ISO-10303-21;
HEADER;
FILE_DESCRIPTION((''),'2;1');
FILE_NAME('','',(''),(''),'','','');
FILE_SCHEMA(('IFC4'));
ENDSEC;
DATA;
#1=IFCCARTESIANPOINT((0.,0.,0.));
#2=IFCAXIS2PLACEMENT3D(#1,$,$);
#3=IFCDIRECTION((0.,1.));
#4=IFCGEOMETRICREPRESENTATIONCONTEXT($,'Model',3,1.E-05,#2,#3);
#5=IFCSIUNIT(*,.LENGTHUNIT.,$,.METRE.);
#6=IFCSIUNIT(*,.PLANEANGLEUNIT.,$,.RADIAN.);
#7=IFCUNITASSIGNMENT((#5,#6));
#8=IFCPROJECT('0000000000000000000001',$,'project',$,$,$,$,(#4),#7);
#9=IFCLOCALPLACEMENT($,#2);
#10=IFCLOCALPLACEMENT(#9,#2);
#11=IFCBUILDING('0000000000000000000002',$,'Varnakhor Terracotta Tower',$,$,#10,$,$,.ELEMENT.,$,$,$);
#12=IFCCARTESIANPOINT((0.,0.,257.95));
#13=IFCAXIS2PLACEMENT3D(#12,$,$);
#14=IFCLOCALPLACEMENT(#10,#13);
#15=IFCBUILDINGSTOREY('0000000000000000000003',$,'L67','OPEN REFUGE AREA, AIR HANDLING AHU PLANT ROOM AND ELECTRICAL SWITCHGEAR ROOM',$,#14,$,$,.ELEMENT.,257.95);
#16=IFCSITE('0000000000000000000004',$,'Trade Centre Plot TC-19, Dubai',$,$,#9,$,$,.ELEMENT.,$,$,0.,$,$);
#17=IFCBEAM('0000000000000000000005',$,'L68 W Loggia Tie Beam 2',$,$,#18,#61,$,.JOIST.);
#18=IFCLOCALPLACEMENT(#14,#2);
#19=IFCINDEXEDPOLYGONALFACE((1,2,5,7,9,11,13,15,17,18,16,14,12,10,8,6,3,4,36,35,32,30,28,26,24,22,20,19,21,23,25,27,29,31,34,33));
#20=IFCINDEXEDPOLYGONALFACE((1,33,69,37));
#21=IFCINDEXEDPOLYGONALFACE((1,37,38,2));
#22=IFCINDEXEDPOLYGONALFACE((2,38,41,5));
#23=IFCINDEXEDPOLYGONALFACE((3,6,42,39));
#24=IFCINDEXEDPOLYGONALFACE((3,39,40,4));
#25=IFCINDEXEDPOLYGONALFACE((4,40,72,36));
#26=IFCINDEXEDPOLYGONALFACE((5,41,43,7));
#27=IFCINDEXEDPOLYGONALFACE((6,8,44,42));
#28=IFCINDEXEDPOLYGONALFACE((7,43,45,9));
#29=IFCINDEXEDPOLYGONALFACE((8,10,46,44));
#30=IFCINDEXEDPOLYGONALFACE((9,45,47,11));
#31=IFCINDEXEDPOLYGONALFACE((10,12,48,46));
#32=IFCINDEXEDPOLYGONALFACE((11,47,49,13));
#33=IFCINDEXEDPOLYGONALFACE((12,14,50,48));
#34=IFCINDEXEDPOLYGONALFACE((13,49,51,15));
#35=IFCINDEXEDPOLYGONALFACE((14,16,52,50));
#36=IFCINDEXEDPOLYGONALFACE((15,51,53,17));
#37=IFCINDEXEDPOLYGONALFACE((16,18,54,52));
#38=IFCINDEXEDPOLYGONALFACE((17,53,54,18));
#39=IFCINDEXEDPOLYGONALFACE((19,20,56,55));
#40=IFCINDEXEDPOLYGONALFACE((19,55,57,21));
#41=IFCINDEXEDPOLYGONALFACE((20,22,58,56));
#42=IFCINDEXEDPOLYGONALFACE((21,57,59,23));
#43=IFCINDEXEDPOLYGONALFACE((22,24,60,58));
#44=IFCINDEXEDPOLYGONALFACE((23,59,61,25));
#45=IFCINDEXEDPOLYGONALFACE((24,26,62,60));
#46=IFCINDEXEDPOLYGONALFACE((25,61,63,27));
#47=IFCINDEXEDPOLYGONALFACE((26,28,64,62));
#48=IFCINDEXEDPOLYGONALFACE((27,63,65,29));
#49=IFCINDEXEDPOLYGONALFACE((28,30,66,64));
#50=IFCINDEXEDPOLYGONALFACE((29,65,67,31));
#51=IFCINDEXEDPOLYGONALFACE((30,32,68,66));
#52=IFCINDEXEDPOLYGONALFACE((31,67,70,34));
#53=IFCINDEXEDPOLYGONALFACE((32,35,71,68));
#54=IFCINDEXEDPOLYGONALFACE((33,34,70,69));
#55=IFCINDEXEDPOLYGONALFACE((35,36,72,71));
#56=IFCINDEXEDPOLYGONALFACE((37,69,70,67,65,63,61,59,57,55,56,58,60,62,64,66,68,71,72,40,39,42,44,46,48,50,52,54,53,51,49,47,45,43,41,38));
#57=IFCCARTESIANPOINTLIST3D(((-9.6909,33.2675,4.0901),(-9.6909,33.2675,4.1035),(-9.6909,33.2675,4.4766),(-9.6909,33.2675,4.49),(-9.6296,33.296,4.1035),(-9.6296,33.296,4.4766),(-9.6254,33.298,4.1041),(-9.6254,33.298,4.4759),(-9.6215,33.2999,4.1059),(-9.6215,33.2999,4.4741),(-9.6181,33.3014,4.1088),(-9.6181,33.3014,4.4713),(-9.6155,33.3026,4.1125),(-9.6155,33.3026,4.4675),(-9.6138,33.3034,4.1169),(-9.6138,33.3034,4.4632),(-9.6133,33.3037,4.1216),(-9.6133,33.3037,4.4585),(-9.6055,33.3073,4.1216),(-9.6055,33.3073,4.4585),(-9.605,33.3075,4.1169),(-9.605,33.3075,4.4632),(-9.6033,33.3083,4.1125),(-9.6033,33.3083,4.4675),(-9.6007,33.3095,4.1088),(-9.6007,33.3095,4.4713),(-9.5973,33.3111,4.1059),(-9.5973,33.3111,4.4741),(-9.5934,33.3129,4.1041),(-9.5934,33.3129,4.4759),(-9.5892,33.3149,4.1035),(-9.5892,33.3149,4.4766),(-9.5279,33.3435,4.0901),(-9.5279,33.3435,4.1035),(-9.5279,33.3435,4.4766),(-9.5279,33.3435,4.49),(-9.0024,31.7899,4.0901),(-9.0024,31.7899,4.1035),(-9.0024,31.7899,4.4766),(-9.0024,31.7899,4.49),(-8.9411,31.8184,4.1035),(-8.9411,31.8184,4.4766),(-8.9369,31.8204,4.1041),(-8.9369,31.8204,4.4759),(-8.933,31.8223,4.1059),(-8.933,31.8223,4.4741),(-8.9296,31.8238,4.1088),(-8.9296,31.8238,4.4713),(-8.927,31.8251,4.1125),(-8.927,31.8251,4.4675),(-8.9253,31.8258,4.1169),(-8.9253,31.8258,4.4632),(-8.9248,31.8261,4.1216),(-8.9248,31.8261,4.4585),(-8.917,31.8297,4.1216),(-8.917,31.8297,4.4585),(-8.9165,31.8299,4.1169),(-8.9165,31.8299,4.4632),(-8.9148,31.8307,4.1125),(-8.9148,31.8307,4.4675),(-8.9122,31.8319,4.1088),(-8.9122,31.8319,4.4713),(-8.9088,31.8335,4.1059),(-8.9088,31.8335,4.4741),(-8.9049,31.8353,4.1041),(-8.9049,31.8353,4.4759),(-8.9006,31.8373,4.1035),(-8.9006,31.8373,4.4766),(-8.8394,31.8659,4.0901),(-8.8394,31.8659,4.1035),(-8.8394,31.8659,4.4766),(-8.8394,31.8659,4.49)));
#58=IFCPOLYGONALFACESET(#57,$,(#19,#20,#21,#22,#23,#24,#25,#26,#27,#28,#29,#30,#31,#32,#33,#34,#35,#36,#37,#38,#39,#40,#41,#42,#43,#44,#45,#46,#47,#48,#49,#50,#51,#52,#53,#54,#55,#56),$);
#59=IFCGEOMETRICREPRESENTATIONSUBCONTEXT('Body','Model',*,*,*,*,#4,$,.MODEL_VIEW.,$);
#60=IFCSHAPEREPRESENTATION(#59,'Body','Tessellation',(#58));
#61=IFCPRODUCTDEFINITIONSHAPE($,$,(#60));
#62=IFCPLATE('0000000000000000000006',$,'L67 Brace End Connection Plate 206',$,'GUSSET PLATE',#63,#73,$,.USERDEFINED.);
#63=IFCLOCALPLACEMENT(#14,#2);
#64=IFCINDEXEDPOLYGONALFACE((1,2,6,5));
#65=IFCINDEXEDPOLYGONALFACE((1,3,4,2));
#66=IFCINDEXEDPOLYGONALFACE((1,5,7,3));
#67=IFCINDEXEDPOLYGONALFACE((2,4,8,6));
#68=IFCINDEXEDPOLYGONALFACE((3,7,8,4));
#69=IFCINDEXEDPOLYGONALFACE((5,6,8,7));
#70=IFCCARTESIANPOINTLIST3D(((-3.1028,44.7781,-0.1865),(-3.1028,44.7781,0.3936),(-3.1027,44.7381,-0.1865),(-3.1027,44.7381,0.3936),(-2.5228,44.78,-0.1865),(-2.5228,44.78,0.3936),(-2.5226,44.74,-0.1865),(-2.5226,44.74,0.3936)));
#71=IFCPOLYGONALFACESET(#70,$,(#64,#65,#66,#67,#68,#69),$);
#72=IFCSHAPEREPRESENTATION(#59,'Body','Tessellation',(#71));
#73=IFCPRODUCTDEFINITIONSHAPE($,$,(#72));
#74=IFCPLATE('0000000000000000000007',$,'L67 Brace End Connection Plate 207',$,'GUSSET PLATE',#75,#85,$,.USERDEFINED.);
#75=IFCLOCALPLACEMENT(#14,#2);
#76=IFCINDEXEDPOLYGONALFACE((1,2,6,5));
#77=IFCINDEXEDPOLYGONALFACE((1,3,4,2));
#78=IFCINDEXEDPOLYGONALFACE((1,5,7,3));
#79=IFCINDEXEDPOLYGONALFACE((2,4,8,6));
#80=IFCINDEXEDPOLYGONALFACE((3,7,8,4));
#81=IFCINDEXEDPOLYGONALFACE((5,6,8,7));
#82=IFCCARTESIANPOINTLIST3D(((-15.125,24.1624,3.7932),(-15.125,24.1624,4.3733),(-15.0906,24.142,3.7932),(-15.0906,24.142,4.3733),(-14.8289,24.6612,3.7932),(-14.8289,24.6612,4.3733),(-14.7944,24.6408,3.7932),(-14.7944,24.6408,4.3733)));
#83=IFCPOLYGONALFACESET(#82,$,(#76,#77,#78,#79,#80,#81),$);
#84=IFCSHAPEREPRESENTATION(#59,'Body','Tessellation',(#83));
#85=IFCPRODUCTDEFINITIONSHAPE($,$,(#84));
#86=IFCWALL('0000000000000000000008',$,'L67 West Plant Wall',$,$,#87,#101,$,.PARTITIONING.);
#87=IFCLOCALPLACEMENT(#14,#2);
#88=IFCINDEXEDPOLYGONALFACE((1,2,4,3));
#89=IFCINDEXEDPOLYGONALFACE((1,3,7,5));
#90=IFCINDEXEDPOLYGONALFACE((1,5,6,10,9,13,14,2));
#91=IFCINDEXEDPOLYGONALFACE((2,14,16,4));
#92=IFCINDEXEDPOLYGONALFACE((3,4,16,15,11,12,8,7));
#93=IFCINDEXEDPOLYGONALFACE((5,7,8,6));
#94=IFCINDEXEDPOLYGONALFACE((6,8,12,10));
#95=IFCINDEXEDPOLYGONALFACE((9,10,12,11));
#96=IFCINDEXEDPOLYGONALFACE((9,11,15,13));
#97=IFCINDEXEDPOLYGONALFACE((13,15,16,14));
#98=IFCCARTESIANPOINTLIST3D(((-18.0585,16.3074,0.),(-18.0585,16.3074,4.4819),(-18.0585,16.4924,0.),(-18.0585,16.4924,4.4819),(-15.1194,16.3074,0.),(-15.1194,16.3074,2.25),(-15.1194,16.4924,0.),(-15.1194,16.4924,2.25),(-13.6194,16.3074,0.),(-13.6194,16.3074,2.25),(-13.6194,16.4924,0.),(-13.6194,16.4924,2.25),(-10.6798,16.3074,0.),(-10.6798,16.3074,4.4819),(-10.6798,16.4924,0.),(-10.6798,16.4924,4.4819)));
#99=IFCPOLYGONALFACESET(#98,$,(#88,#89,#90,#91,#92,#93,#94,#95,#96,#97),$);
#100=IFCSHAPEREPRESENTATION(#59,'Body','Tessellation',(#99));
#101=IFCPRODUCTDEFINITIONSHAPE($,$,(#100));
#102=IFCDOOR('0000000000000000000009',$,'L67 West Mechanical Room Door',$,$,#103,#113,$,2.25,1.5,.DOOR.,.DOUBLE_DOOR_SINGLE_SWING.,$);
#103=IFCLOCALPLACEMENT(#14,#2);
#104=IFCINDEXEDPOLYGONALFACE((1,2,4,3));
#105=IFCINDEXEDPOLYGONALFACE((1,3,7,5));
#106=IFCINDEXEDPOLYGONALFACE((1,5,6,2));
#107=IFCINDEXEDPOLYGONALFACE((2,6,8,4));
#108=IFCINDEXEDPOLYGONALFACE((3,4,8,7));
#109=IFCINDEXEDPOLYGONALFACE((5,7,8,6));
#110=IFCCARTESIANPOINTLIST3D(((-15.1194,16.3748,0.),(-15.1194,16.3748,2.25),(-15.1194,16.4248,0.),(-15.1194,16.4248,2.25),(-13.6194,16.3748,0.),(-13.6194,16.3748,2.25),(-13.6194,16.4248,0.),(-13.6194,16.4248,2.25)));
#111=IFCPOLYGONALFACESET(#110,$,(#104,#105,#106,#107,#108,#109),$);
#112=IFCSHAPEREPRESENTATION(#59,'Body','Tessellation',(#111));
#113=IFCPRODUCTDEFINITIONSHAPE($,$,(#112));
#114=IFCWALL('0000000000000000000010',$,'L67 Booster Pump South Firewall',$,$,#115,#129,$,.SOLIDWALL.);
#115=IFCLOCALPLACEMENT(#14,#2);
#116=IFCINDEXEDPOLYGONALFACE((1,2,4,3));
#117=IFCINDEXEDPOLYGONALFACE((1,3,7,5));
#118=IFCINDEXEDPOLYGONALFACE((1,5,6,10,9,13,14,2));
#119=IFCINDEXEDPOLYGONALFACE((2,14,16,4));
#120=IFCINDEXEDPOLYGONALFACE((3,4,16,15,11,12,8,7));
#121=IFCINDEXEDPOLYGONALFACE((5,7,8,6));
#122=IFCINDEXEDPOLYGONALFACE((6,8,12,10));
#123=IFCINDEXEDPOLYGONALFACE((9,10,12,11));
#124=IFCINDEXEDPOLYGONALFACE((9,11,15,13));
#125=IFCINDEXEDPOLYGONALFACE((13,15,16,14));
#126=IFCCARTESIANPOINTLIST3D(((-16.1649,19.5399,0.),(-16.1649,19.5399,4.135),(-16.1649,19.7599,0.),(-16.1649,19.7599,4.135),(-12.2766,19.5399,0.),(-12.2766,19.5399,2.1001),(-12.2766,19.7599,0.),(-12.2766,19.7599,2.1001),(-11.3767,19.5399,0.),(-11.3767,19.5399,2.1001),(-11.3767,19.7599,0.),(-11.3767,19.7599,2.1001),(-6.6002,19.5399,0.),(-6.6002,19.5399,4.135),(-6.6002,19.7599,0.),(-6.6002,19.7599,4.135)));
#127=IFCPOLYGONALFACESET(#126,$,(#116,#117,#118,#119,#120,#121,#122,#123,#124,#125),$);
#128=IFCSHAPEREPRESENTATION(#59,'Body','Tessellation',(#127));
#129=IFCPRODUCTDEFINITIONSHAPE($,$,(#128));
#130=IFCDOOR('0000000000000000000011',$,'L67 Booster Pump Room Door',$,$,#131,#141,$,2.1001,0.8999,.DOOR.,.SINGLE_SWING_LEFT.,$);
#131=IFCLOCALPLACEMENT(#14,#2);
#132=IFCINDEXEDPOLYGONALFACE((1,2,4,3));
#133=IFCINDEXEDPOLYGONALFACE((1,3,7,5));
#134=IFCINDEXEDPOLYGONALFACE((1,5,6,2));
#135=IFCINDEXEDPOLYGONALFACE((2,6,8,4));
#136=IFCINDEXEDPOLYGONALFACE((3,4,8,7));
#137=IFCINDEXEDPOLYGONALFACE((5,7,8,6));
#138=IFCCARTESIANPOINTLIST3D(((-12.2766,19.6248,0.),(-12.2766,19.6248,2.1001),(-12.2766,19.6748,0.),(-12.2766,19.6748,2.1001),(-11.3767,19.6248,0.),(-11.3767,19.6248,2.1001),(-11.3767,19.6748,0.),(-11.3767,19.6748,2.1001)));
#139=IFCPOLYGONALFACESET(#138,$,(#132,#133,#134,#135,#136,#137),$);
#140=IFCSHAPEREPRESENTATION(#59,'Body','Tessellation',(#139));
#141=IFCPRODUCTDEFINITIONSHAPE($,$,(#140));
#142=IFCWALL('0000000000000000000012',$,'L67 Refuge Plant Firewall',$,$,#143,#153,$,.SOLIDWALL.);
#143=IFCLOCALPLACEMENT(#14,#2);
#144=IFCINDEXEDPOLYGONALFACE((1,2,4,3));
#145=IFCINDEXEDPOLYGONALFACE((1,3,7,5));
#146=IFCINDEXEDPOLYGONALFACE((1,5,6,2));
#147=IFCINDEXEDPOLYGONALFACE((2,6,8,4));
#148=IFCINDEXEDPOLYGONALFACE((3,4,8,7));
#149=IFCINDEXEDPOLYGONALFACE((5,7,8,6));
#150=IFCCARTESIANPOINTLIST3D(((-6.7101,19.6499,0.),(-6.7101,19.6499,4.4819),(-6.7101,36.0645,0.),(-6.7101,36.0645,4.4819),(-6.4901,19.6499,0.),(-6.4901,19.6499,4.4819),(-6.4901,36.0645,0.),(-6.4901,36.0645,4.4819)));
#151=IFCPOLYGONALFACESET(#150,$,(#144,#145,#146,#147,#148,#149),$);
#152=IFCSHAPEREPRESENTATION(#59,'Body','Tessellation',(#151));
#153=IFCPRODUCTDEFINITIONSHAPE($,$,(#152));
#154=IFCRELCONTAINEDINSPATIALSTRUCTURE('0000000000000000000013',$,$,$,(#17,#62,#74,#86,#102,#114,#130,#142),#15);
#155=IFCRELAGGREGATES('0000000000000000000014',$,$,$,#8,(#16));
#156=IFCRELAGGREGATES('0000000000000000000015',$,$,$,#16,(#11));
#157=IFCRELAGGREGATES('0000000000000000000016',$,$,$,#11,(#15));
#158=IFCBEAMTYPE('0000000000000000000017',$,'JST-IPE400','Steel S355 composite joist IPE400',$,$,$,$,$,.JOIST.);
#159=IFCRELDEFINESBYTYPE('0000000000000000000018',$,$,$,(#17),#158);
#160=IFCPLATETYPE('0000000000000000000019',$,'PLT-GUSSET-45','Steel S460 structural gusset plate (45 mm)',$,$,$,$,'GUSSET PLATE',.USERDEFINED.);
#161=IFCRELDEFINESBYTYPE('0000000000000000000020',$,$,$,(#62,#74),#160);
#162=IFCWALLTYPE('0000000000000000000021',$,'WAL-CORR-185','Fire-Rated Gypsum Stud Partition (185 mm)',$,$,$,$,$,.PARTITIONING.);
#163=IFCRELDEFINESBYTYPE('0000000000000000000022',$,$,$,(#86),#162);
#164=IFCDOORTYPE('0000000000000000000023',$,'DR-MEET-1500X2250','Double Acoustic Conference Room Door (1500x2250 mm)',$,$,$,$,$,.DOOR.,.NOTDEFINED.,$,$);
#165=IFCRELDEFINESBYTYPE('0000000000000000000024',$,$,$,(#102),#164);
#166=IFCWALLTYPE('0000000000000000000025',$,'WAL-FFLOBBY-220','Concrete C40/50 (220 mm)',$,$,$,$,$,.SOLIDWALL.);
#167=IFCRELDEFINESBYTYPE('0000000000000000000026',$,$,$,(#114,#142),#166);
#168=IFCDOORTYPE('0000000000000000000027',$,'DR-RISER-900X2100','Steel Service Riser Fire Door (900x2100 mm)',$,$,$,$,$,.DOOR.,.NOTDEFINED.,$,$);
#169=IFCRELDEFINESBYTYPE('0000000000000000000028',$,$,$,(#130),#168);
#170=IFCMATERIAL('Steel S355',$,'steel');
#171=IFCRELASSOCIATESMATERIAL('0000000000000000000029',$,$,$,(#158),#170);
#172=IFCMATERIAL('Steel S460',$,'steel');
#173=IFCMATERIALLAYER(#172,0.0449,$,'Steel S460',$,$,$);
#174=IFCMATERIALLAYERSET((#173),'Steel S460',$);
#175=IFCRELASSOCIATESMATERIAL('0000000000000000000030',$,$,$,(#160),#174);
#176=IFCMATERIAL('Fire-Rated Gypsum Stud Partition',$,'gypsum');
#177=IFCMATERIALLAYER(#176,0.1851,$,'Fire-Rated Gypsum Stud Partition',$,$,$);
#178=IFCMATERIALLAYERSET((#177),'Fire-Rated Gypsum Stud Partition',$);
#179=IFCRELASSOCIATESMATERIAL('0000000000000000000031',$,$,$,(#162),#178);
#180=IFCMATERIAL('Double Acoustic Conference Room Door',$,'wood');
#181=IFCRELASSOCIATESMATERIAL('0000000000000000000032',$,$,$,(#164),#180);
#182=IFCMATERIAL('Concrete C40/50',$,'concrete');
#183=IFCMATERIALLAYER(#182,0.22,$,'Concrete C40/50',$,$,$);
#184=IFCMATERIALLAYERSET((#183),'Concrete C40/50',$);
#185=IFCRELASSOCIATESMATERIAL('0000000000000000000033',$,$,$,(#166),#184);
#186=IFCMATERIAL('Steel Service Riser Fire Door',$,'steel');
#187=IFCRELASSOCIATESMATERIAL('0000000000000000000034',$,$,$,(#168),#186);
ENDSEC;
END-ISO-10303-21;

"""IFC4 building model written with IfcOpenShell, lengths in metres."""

from ifc_helpers import new_model, si_unit, direction, frame, frame_2d, origin, origin_2d, place, context, subcontext, project, spatial, rectangle, i_section, extrude, source, transform, mapped, material, layer, layer_set, material_profile, profile_set, type_object, type_shapes, element, fill, save


model = new_model("IFC4")

# Units and contexts
model_context = context("Model", 3, precision=1e-05, world=origin(), true_north=direction((0.0, 1.0)))
body_context = subcontext(model_context, "Body", "Model", "MODEL_VIEW")
ifc_project = project(units=[si_unit("LENGTHUNIT", "METRE"), si_unit("PLANEANGLEUNIT", "RADIAN")], contexts=[model_context])

# Site, building, storey
site_placement = place(None, origin())
site = spatial("IfcSite", under=ifc_project, at=site_placement, Name="Trade Centre Plot TC-19, Dubai", CompositionType="ELEMENT", RefElevation=0.0)
building_placement = place(site_placement, origin())
building = spatial("IfcBuilding", under=site, at=building_placement, Name="Varnakhor Terracotta Tower", CompositionType="ELEMENT")
storey_placement = place(building_placement, frame((0.0, 0.0, 257.95)))
storey = spatial("IfcBuildingStorey", under=building, at=storey_placement, Name="L67", Description="OPEN REFUGE AREA, AIR HANDLING AHU PLANT ROOM AND ELECTRICAL SWITCHGEAR ROOM", CompositionType="ELEMENT", Elevation=257.95)

# Shared definitions
ifc_material_1 = material(Name="Steel S460", Category="steel")

# Shared definitions
ifc_material_2 = material(Name="Steel S355", Category="steel")
ifc_material_profile_1 = material_profile(ifc_material_2, i_section(OverallWidth=0.1799, OverallDepth=0.3999, WebThickness=0.0085, FlangeThickness=0.0134, FilletRadius=0.0181, at=origin_2d()), Name="IPE400")
ifc_profile_set_1 = profile_set([ifc_material_profile_1], Name="Steel S355")
beam_type_1 = type_object("IfcBeamType", Name="JST-IPE400", Description="Steel S355 composite joist IPE400", PredefinedType="JOIST", material=ifc_profile_set_1)

# Beam
shared_shape_1 = source(origin(), body_context, "Body", "SweptSolid", [
    extrude(i_section(OverallWidth=0.1799, OverallDepth=0.3999, WebThickness=0.0085, FlangeThickness=0.0134, FilletRadius=0.0181, at=origin_2d()), origin(), (0.0, 0.0, 1.0), 1.6301),
])
beam_1_placement = place(storey_placement, frame((-8.9209, 31.8279, 4.29), z_axis=(-0.422361, 0.906428, 0.0), x_axis=(-0.906428, -0.422361, 0.0)))
element("IfcBeam", 1, at=beam_1_placement, inside=storey, type_object=beam_type_1, Name="L68 W Loggia Tie Beam 2", PredefinedType="JOIST", context=body_context, shape_type="MappedRepresentation", body=[
    mapped(shared_shape_1, transform((0.0, 0.0, 0.0), scale=1.0)),
])

# Plates
ifc_layer_1 = layer(ifc_material_1, 0.0449, Name="Steel S460")
ifc_layer_set_1 = layer_set([ifc_layer_1], Name="Steel S460")
plate_type = type_object("IfcPlateType", Name="PLT-GUSSET-45", Description="Steel S460 structural gusset plate (45 mm)", ElementType="GUSSET PLATE", PredefinedType="USERDEFINED", material=ifc_layer_set_1)
shared_shape_2 = source(origin(), body_context, "Body", "SweptSolid", [
    extrude(rectangle(XDim=0.5801, YDim=0.04, at=origin_2d()), origin(), (0.0, 0.0, 1.0), 0.5801),
])
for number, where, z_axis, x_axis, name in (
    (2, (-2.8127, 44.759, -0.1865), (0.0, 0.0, 1.0), (0.999995, 0.003316, 0.0), "L67 Brace End Connection Plate 206"),
    (3, (-14.9597, 24.4016, 3.7932), (0.0, 0.0, 1.0), (-0.510498, -0.859879, 0.0), "L67 Brace End Connection Plate 207"),
):
    element("IfcPlate", number, at=place(storey_placement, frame(where, z_axis=z_axis, x_axis=x_axis)), inside=storey, type_object=plate_type, Name=name, ObjectType="GUSSET PLATE", PredefinedType="USERDEFINED", context=body_context, shape_type="MappedRepresentation", body=[
        mapped(shared_shape_2, transform((0.0, 0.0, 0.0), scale=1.0)),
    ])

# Walls, openings, doors
ifc_material_3 = material(Name="Fire-Rated Gypsum Stud Partition", Category="gypsum")
ifc_layer_2 = layer(ifc_material_3, 0.1851, Name="Fire-Rated Gypsum Stud Partition")
ifc_layer_set_2 = layer_set([ifc_layer_2], Name="Fire-Rated Gypsum Stud Partition")
wall_type_1 = type_object("IfcWallType", Name="WAL-CORR-185", Description="Fire-Rated Gypsum Stud Partition (185 mm)", PredefinedType="PARTITIONING", material=ifc_layer_set_2)
wall_1_placement = place(storey_placement, frame((-18.0586, 16.3999, 0.0), z_axis=(0.0, 0.0, 1.0), x_axis=(1.0, 0.0, 0.0)))
wall_1 = element("IfcWall", 4, at=wall_1_placement, inside=storey, type_object=wall_type_1, Name="L67 West Plant Wall", PredefinedType="PARTITIONING", context=body_context, shape_type="SweptSolid", body=[
    extrude(rectangle(XDim=7.3787, YDim=0.1851, at=frame_2d((3.6895, 0.0))), origin(), (0.0, 0.0, 1.0), 4.4819),
])
opening_1_placement = place(wall_1_placement, frame((2.9392, 0.0, 0.0)))
opening_1 = element("IfcOpeningElement", 5, at=opening_1_placement, cuts=wall_1, PredefinedType="OPENING", context=body_context, shape_type="SweptSolid", body=[
    extrude(rectangle(XDim=1.5, YDim=2.25, at=frame_2d((0.75, 1.125))), frame((0.0, 0.1025, 0.0), z_axis=(0.0, -1.0, 0.0), x_axis=(1.0, 0.0, 0.0)), (0.0, 0.0, 1.0), 0.2051),
])
ifc_material_4 = material(Name="Double Acoustic Conference Room Door", Category="wood")
door_type_1 = type_object("IfcDoorType", Name="DR-MEET-1500X2250", Description="Double Acoustic Conference Room Door (1500x2250 mm)", OperationType="NOTDEFINED", PredefinedType="DOOR", material=ifc_material_4)
shared_shape_3 = source(origin(), body_context, "Body", "SweptSolid", [
    extrude(rectangle(XDim=1.5, YDim=2.25, at=frame_2d((0.75, 1.125))), frame((0.0, 0.0249, 0.0), z_axis=(0.0, -1.0, 0.0), x_axis=(1.0, 0.0, 0.0)), (0.0, 0.0, 1.0), 0.05),
])
type_shapes(door_type_1, [shared_shape_3])
door_1_placement = place(opening_1_placement, origin())
door_1 = element("IfcDoor", 6, at=door_1_placement, inside=storey, type_object=door_type_1, Name="L67 West Mechanical Room Door", OperationType="DOUBLE_DOOR_SINGLE_SWING", OverallHeight=2.25, OverallWidth=1.5, PredefinedType="DOOR", context=body_context, shape_type="MappedRepresentation", body=[
    mapped(shared_shape_3, transform((0.0, 0.0, 0.0), scale=1.0)),
])
fill(opening_1, door_1)
ifc_material_5 = material(Name="Concrete C40/50", Category="concrete")
ifc_layer_3 = layer(ifc_material_5, 0.22, Name="Concrete C40/50")
ifc_layer_set_3 = layer_set([ifc_layer_3], Name="Concrete C40/50")
wall_type_2 = type_object("IfcWallType", Name="WAL-FFLOBBY-220", Description="Concrete C40/50 (220 mm)", PredefinedType="SOLIDWALL", material=ifc_layer_set_3)
wall_2_placement = place(storey_placement, frame((-16.1648, 19.6499, 0.0), z_axis=(0.0, 0.0, 1.0), x_axis=(1.0, 0.0, 0.0)))
wall_2 = element("IfcWall", 7, at=wall_2_placement, inside=storey, type_object=wall_type_2, Name="L67 Booster Pump South Firewall", PredefinedType="SOLIDWALL", context=body_context, shape_type="SweptSolid", body=[
    extrude(rectangle(XDim=9.5647, YDim=0.22, at=frame_2d((4.7822, 0.0))), origin(), (0.0, 0.0, 1.0), 4.135),
])
opening_2_placement = place(wall_2_placement, frame((3.8882, 0.0, 0.0)))
opening_2 = element("IfcOpeningElement", 8, at=opening_2_placement, cuts=wall_2, PredefinedType="OPENING", context=body_context, shape_type="SweptSolid", body=[
    extrude(rectangle(XDim=0.8999, YDim=2.1001, at=frame_2d((0.45, 1.05))), frame((0.0, 0.1201, 0.0), z_axis=(0.0, -1.0, 0.0), x_axis=(1.0, 0.0, 0.0)), (0.0, 0.0, 1.0), 0.24),
])
ifc_material_6 = material(Name="Steel Service Riser Fire Door", Category="steel")
door_type_2 = type_object("IfcDoorType", Name="DR-RISER-900X2100", Description="Steel Service Riser Fire Door (900x2100 mm)", OperationType="NOTDEFINED", PredefinedType="DOOR", material=ifc_material_6)
shared_shape_4 = source(origin(), body_context, "Body", "SweptSolid", [
    extrude(rectangle(XDim=0.8999, YDim=2.1001, at=frame_2d((0.45, 1.05))), frame((0.0, 0.0249, 0.0), z_axis=(0.0, -1.0, 0.0), x_axis=(1.0, 0.0, 0.0)), (0.0, 0.0, 1.0), 0.05),
])
type_shapes(door_type_2, [shared_shape_4])
door_2_placement = place(opening_2_placement, origin())
door_2 = element("IfcDoor", 9, at=door_2_placement, inside=storey, type_object=door_type_2, Name="L67 Booster Pump Room Door", OperationType="SINGLE_SWING_LEFT", OverallHeight=2.1001, OverallWidth=0.8999, PredefinedType="DOOR", context=body_context, shape_type="MappedRepresentation", body=[
    mapped(shared_shape_4, transform((0.0, 0.0, 0.0), scale=1.0)),
])
fill(opening_2, door_2)

# Wall
wall_3_placement = place(storey_placement, frame((-6.6001, 19.6499, 0.0), z_axis=(0.0, 0.0, 1.0), x_axis=(0.0, 1.0, 0.0)))
element("IfcWall", 10, at=wall_3_placement, inside=storey, type_object=wall_type_2, Name="L67 Refuge Plant Firewall", PredefinedType="SOLIDWALL", context=body_context, shape_type="SweptSolid", body=[
    extrude(rectangle(XDim=16.4146, YDim=0.22, at=frame_2d((8.2073, 0.0))), origin(), (0.0, 0.0, 1.0), 4.4819),
])

save(model, "model.ifc")
